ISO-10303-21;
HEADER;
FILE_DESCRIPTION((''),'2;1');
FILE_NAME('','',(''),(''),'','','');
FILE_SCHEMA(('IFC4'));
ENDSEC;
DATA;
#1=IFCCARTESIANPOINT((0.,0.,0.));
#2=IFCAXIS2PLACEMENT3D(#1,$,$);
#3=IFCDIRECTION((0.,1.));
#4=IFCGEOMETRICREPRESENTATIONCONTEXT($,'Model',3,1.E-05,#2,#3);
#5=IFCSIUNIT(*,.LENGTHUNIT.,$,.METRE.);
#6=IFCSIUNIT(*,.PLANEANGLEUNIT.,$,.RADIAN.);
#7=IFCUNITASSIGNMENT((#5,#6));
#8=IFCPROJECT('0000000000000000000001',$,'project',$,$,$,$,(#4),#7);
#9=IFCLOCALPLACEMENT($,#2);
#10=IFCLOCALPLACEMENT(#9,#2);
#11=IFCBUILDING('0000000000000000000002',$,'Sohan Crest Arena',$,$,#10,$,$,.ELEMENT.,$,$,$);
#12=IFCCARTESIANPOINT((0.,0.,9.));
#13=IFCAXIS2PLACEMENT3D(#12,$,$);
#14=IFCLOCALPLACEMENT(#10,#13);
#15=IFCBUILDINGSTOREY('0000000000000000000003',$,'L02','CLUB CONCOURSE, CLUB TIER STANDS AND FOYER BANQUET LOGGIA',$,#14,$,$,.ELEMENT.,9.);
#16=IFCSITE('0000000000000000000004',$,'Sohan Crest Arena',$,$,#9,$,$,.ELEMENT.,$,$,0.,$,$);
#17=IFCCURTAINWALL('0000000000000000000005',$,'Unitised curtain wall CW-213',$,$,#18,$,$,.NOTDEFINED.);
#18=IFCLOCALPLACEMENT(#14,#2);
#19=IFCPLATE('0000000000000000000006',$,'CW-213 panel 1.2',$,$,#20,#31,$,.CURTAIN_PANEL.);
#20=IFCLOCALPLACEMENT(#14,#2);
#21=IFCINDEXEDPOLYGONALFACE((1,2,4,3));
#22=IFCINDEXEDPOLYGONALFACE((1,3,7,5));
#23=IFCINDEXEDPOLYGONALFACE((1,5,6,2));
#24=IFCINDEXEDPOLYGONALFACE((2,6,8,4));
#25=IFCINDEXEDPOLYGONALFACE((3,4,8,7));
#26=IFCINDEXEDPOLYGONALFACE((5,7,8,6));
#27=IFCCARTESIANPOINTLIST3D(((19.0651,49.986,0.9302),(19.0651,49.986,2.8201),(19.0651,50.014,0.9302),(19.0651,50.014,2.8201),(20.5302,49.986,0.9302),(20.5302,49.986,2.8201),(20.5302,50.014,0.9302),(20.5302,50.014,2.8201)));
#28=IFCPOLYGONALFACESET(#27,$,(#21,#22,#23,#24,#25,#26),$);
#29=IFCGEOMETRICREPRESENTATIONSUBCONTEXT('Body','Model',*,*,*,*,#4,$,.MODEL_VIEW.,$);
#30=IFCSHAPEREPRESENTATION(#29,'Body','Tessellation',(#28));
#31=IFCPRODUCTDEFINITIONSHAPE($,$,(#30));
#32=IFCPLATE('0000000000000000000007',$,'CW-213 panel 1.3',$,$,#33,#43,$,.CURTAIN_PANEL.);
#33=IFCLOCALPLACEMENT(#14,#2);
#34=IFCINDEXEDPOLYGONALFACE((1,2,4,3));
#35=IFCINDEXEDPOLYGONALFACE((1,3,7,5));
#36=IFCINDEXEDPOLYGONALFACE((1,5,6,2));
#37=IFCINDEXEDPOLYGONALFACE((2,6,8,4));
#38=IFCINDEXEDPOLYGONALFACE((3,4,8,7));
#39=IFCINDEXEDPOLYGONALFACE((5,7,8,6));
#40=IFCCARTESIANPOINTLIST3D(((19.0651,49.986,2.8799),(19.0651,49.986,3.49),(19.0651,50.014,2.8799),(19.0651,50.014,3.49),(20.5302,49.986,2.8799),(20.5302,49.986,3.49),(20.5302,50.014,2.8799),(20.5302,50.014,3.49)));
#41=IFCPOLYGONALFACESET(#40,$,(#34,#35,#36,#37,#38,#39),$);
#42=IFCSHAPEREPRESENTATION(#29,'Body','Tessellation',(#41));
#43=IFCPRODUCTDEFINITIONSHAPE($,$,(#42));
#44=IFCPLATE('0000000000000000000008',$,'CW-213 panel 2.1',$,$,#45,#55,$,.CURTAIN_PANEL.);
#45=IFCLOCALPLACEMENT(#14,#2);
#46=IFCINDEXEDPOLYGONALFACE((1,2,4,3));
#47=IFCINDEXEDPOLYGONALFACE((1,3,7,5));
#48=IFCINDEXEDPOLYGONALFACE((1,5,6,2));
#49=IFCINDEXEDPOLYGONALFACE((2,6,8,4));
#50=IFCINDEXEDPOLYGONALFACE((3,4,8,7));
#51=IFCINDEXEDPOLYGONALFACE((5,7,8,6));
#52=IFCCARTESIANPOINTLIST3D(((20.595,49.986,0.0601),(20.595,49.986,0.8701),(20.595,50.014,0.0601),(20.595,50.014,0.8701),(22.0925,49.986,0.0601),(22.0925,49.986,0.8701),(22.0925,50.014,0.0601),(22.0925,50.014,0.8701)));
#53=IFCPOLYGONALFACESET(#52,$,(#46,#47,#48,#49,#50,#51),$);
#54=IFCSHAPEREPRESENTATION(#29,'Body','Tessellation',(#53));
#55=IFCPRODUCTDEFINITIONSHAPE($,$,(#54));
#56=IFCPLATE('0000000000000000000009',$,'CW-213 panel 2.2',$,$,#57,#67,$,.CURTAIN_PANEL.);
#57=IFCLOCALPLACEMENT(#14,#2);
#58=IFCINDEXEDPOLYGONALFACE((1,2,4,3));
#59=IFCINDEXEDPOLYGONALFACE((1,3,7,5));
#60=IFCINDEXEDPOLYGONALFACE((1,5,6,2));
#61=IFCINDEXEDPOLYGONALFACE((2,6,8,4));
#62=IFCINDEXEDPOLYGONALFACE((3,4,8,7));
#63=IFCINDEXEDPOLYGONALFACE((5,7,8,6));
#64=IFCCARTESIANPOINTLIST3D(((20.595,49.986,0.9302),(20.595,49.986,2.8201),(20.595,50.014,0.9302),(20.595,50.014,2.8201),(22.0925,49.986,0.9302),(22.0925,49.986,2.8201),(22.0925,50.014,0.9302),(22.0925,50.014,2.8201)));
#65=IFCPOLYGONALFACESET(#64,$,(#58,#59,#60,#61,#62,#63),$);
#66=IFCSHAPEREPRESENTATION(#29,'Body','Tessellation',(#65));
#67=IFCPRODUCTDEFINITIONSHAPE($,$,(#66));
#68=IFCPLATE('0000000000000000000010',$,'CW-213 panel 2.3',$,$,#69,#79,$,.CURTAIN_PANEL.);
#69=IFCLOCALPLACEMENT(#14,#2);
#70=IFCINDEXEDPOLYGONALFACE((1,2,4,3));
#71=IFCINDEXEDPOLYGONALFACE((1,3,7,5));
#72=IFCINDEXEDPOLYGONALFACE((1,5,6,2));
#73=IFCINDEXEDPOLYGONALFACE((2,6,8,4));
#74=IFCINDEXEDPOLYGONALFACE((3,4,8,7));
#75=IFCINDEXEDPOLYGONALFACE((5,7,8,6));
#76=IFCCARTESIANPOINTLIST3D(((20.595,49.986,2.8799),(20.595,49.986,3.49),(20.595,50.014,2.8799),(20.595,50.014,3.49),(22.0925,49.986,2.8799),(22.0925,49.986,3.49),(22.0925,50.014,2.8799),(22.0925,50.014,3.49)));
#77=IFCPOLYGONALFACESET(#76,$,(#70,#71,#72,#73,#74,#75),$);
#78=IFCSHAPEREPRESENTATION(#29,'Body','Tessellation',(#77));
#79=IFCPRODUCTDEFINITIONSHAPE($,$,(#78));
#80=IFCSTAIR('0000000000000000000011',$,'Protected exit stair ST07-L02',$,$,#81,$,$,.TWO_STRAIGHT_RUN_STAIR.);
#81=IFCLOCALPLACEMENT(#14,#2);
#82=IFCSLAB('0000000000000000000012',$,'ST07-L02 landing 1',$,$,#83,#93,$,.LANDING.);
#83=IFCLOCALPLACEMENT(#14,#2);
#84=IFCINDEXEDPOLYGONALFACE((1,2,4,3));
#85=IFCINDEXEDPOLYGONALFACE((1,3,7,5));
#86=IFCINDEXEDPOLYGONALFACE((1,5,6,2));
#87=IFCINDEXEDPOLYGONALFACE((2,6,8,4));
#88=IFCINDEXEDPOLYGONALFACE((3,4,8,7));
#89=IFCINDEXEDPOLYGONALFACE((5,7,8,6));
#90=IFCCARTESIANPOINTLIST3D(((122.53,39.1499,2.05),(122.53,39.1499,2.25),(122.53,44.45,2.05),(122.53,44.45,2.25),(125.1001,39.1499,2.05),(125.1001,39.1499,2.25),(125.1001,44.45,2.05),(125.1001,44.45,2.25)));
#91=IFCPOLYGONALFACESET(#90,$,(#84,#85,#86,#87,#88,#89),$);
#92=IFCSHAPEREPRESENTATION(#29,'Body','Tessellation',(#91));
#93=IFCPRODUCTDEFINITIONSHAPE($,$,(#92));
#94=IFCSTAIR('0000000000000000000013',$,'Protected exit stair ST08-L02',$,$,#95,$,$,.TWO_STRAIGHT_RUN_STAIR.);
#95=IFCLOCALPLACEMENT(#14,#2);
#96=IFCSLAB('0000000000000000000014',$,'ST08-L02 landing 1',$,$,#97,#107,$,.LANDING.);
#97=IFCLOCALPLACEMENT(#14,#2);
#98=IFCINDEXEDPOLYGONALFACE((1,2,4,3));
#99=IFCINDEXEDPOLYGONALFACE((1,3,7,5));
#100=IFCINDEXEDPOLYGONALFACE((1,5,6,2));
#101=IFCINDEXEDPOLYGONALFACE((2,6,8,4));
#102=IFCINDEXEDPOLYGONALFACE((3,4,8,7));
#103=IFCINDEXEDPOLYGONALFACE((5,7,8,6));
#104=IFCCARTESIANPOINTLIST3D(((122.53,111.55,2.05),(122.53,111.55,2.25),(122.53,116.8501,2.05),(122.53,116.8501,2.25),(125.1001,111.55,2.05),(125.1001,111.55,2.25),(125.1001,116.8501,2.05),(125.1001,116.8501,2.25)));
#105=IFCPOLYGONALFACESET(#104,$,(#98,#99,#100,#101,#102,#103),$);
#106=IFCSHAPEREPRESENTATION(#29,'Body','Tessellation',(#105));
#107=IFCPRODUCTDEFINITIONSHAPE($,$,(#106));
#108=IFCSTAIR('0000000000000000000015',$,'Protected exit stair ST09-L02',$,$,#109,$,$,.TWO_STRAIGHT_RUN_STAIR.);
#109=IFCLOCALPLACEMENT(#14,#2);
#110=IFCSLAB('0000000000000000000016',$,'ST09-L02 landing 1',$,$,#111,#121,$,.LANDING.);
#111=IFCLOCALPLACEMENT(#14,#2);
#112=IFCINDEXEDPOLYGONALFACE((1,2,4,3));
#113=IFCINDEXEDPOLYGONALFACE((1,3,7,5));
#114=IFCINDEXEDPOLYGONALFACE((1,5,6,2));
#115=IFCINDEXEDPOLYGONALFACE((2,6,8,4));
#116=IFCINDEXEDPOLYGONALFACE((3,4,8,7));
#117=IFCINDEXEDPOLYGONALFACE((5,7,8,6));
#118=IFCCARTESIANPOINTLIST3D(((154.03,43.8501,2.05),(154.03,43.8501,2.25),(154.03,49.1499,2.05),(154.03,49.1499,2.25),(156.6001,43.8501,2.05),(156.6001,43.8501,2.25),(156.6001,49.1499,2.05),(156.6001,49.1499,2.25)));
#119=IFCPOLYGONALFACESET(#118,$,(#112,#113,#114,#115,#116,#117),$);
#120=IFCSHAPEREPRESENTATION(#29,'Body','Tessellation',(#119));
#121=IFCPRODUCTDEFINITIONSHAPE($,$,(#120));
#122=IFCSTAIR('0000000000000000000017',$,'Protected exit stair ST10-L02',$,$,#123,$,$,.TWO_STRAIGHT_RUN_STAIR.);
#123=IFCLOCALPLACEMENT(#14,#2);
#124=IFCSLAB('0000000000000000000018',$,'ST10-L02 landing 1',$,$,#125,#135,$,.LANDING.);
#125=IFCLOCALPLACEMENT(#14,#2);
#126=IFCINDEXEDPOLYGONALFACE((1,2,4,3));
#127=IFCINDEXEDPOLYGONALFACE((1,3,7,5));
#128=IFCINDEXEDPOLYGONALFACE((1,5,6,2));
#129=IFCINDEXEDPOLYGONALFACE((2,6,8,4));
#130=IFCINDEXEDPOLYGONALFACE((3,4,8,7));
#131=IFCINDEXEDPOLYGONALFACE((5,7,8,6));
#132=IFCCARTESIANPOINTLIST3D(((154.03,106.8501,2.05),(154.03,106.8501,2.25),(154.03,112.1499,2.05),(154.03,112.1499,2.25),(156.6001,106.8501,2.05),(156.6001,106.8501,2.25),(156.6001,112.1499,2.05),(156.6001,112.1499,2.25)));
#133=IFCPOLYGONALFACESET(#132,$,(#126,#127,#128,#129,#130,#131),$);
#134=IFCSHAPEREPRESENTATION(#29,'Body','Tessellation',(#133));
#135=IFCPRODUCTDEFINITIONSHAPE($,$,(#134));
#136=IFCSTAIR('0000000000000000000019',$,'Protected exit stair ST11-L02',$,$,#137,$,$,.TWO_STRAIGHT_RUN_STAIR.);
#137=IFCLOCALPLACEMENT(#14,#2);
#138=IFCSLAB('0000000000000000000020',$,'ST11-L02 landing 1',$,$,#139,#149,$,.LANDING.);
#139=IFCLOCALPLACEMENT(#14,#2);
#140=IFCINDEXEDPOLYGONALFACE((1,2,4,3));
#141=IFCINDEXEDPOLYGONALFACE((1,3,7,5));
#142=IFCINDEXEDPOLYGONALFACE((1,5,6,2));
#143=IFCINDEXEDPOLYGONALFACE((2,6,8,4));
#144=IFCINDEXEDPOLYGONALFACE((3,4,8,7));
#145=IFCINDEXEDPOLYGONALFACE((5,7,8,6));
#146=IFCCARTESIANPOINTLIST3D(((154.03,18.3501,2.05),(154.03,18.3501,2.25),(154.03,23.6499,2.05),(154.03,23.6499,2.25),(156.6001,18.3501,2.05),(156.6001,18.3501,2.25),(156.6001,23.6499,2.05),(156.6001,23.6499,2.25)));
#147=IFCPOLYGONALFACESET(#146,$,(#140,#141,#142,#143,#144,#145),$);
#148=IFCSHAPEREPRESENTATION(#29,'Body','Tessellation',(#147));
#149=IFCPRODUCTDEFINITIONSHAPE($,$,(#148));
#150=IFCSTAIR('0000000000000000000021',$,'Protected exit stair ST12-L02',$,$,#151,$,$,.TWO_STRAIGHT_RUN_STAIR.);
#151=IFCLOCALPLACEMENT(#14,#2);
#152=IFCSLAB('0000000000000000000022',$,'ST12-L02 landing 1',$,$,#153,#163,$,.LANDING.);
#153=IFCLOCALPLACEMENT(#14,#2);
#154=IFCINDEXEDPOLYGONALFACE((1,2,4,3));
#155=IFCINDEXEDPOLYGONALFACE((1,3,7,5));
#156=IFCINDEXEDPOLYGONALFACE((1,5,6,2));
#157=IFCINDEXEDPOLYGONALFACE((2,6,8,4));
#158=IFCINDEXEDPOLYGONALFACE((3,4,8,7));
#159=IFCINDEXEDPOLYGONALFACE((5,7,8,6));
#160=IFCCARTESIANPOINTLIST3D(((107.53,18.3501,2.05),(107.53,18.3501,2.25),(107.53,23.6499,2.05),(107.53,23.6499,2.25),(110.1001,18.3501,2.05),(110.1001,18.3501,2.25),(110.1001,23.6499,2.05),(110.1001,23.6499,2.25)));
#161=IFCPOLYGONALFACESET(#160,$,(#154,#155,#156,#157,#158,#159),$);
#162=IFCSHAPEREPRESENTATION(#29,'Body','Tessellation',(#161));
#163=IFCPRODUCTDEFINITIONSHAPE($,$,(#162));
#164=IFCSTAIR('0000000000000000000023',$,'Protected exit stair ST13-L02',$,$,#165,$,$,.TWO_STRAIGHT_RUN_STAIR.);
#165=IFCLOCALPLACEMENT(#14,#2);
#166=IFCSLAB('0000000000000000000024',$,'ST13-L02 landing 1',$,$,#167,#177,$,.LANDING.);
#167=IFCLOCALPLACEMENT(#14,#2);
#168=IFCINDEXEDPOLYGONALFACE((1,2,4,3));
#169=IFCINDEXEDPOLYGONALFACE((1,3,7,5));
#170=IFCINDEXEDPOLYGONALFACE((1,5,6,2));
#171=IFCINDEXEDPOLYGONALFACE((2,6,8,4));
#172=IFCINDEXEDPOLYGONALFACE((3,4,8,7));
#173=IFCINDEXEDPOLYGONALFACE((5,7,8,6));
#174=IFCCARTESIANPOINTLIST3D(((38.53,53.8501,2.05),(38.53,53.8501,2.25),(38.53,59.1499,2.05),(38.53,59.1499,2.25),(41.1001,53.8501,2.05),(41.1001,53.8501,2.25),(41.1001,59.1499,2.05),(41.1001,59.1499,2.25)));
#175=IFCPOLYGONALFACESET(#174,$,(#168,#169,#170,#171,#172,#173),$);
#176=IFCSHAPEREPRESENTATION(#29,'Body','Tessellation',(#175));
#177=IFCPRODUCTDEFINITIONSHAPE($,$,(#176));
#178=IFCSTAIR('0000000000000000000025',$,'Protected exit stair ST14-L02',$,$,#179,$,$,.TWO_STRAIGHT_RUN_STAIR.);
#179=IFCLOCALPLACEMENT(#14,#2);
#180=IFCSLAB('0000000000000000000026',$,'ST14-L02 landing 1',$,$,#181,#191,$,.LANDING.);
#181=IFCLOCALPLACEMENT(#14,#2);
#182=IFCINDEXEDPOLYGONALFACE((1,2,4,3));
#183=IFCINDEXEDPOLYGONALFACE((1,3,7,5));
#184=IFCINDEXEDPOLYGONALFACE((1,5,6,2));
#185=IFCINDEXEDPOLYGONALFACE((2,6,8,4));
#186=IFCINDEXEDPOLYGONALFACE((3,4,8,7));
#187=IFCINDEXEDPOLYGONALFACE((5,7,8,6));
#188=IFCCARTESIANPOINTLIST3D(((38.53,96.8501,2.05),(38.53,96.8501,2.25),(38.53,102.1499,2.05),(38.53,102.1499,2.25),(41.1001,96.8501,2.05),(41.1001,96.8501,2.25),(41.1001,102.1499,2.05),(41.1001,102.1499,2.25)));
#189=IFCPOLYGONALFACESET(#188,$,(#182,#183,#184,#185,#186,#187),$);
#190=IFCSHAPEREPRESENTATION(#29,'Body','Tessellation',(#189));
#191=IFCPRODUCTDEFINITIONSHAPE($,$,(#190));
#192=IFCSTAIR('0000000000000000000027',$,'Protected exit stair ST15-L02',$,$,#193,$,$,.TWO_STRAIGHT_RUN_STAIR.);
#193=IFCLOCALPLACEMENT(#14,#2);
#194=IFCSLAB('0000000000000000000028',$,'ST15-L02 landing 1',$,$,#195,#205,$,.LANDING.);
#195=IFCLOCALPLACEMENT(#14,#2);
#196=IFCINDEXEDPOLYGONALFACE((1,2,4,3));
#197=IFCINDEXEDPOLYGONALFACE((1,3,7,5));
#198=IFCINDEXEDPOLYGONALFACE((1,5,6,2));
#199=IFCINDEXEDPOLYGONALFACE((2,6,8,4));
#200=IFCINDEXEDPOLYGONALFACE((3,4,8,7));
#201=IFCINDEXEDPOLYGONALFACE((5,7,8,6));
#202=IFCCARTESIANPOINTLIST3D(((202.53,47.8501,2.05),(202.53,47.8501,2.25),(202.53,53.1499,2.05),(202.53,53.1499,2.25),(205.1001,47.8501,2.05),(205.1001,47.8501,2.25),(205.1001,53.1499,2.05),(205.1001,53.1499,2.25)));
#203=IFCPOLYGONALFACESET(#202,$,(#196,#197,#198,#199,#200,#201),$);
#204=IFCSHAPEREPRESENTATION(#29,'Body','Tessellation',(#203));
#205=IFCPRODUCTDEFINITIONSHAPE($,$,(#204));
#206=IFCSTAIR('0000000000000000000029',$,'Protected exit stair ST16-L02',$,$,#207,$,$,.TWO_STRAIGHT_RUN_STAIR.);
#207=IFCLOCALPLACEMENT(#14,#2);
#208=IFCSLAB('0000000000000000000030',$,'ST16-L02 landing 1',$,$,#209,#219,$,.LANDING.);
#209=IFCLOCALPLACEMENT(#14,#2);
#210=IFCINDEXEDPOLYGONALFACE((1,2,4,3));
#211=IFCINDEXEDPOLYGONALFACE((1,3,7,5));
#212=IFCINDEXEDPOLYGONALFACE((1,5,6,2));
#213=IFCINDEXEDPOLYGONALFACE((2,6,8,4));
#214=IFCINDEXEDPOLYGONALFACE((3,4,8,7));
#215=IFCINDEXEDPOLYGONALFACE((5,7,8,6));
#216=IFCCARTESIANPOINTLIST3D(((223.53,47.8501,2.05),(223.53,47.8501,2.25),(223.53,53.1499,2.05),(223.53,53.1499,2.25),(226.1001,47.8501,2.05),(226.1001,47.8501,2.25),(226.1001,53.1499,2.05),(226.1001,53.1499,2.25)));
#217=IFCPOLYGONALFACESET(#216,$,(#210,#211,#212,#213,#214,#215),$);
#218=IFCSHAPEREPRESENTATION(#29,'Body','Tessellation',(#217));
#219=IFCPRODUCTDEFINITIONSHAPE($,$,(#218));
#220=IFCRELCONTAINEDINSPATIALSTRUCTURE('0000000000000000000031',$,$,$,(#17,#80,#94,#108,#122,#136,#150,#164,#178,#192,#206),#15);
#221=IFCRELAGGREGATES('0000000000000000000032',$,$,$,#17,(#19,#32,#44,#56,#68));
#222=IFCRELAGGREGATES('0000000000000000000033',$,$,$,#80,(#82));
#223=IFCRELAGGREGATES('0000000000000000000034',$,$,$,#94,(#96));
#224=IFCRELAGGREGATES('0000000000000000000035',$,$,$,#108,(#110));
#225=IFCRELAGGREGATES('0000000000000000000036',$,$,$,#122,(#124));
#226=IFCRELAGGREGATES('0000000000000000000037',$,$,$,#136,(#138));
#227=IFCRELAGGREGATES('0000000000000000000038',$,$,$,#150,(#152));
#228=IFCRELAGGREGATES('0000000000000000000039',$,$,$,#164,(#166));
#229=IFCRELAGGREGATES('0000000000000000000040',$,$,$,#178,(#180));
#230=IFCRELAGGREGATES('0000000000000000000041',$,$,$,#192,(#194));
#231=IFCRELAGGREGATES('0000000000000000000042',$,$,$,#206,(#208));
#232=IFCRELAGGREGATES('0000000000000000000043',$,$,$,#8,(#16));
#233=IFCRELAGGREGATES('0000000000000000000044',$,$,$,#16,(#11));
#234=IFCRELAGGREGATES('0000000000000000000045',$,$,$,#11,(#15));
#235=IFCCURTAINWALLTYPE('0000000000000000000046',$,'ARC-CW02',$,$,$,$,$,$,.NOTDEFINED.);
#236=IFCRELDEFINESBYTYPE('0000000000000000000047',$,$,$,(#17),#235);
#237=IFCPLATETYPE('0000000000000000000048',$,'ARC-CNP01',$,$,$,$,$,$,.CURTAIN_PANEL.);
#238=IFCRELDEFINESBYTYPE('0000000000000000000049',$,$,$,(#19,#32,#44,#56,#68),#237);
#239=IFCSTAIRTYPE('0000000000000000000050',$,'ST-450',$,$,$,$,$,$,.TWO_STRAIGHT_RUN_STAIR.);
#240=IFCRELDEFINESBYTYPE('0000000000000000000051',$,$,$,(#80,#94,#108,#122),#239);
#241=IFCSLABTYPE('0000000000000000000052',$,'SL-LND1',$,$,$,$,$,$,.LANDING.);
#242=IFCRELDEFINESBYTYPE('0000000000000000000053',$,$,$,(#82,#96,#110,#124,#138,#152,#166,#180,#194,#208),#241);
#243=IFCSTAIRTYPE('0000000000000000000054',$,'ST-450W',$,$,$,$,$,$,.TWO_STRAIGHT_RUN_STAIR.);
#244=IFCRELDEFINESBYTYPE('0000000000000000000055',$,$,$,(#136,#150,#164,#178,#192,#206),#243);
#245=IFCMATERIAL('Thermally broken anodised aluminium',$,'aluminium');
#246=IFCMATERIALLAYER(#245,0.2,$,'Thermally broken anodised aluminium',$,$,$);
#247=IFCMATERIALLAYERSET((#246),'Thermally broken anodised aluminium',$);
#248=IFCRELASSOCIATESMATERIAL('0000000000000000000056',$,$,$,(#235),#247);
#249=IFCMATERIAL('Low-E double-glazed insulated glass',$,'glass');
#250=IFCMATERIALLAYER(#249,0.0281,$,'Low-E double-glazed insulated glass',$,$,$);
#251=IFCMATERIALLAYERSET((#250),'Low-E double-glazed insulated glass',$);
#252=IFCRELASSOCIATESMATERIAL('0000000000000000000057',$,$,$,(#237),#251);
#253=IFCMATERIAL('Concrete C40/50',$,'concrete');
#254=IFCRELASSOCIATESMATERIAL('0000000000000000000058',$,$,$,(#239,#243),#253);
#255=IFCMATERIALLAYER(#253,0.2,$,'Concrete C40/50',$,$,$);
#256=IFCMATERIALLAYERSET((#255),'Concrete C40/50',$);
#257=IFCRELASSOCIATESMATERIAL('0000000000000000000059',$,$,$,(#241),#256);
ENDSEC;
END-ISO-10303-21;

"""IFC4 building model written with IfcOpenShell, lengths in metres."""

from ifc_helpers import new_model, si_unit, direction, frame, origin, origin_2d, place, context, subcontext, project, spatial, polyline, rectangle, outline, extrude, material, layer, layer_set, type_object, element, aggregate, save


model = new_model("IFC4")

# Units and contexts
model_context = context("Model", 3, precision=1e-05, world=origin(), true_north=direction((0.0, 1.0)))
body_context = subcontext(model_context, "Body", "Model", "MODEL_VIEW")
ifc_project = project(units=[si_unit("LENGTHUNIT", "METRE"), si_unit("PLANEANGLEUNIT", "RADIAN")], contexts=[model_context])

# Site, building, storey
site_placement = place(None, origin())
site = spatial("IfcSite", under=ifc_project, at=site_placement, Name="Sohan Crest Arena", CompositionType="ELEMENT", RefElevation=0.0)
building_placement = place(site_placement, origin())
building = spatial("IfcBuilding", under=site, at=building_placement, Name="Sohan Crest Arena", CompositionType="ELEMENT")
storey_placement = place(building_placement, frame((0.0, 0.0, 9.0)))
storey = spatial("IfcBuildingStorey", under=building, at=storey_placement, Name="L02", Description="CLUB CONCOURSE, CLUB TIER STANDS AND FOYER BANQUET LOGGIA", CompositionType="ELEMENT", Elevation=9.0)

# Curtain wall, plates
ifc_material_1 = material(Name="Thermally broken anodised aluminium", Category="aluminium")
ifc_layer_1 = layer(ifc_material_1, 0.2, Name="Thermally broken anodised aluminium")
ifc_layer_set_1 = layer_set([ifc_layer_1], Name="Thermally broken anodised aluminium")
curtain_wall_type = type_object("IfcCurtainWallType", Name="ARC-CW02", PredefinedType="NOTDEFINED", material=ifc_layer_set_1)
curtain_wall_placement = place(storey_placement, origin())
curtain_wall = element("IfcCurtainWall", 1, at=curtain_wall_placement, inside=storey, type_object=curtain_wall_type, Name="Unitised curtain wall CW-213", PredefinedType="NOTDEFINED")
ifc_material_2 = material(Name="Low-E double-glazed insulated glass", Category="glass")
ifc_layer_2 = layer(ifc_material_2, 0.0281, Name="Low-E double-glazed insulated glass")
ifc_layer_set_2 = layer_set([ifc_layer_2], Name="Low-E double-glazed insulated glass")
plate_type = type_object("IfcPlateType", Name="ARC-CNP01", PredefinedType="CURTAIN_PANEL", material=ifc_layer_set_2)
plate_1_placement = place(storey_placement, frame((19.7976, 50.0, 0.9302), z_axis=(0.0, 0.0, 1.0), x_axis=(1.0, 0.0, 0.0)))
plate_1 = element("IfcPlate", 2, at=plate_1_placement, type_object=plate_type, Name="CW-213 panel 1.2", PredefinedType="CURTAIN_PANEL", context=body_context, shape_type="SweptSolid", body=[
    extrude(rectangle(XDim=1.4651, YDim=0.0281, at=origin_2d()), origin(), (0.0, 0.0, 1.0), 1.8899),
])
plate_2_placement = place(storey_placement, frame((19.7976, 50.0, 2.8799), z_axis=(0.0, 0.0, 1.0), x_axis=(1.0, 0.0, 0.0)))
plate_2 = element("IfcPlate", 3, at=plate_2_placement, type_object=plate_type, Name="CW-213 panel 1.3", PredefinedType="CURTAIN_PANEL", context=body_context, shape_type="SweptSolid", body=[
    extrude(rectangle(XDim=1.4651, YDim=0.0281, at=origin_2d()), origin(), (0.0, 0.0, 1.0), 0.6101),
])
plate_3_placement = place(storey_placement, frame((21.3438, 50.0, 0.0601), z_axis=(0.0, 0.0, 1.0), x_axis=(1.0, 0.0, 0.0)))
plate_3 = element("IfcPlate", 4, at=plate_3_placement, type_object=plate_type, Name="CW-213 panel 2.1", PredefinedType="CURTAIN_PANEL", context=body_context, shape_type="SweptSolid", body=[
    extrude(rectangle(XDim=1.4976, YDim=0.0281, at=origin_2d()), origin(), (0.0, 0.0, 1.0), 0.8101),
])
plate_4_placement = place(storey_placement, frame((21.3438, 50.0, 0.9302), z_axis=(0.0, 0.0, 1.0), x_axis=(1.0, 0.0, 0.0)))
plate_4 = element("IfcPlate", 5, at=plate_4_placement, type_object=plate_type, Name="CW-213 panel 2.2", PredefinedType="CURTAIN_PANEL", context=body_context, shape_type="SweptSolid", body=[
    extrude(rectangle(XDim=1.4976, YDim=0.0281, at=origin_2d()), origin(), (0.0, 0.0, 1.0), 1.8899),
])
plate_5_placement = place(storey_placement, frame((21.3438, 50.0, 2.8799), z_axis=(0.0, 0.0, 1.0), x_axis=(1.0, 0.0, 0.0)))
plate_5 = element("IfcPlate", 6, at=plate_5_placement, type_object=plate_type, Name="CW-213 panel 2.3", PredefinedType="CURTAIN_PANEL", context=body_context, shape_type="SweptSolid", body=[
    extrude(rectangle(XDim=1.4976, YDim=0.0281, at=origin_2d()), origin(), (0.0, 0.0, 1.0), 0.6101),
])
aggregate(curtain_wall, [plate_1, plate_2, plate_3, plate_4, plate_5])

# Stairs, slabs
ifc_material_3 = material(Name="Concrete C40/50", Category="concrete")
stair_type_1 = type_object("IfcStairType", Name="ST-450", PredefinedType="TWO_STRAIGHT_RUN_STAIR", material=ifc_material_3)
stair_1_placement = place(storey_placement, origin())
stair_1 = element("IfcStair", 7, at=stair_1_placement, inside=storey, type_object=stair_type_1, Name="Protected exit stair ST07-L02", PredefinedType="TWO_STRAIGHT_RUN_STAIR")
ifc_layer_3 = layer(ifc_material_3, 0.2, Name="Concrete C40/50")
ifc_layer_set_3 = layer_set([ifc_layer_3], Name="Concrete C40/50")
slab_type = type_object("IfcSlabType", Name="SL-LND1", PredefinedType="LANDING", material=ifc_layer_set_3)
slab_1_placement = place(storey_placement, frame((0.0, 0.0, 2.05)))
slab_1 = element("IfcSlab", 8, at=slab_1_placement, type_object=slab_type, Name="ST07-L02 landing 1", PredefinedType="LANDING", context=body_context, shape_type="SweptSolid", body=[
    extrude(outline(polyline([(122.53, 39.1499), (125.1001, 39.1499), (125.1001, 44.45), (122.53, 44.45), (122.53, 39.1499)])), origin(), (0.0, 0.0, 1.0), 0.2),
])
aggregate(stair_1, [slab_1])
stair_2_placement = place(storey_placement, origin())
stair_2 = element("IfcStair", 9, at=stair_2_placement, inside=storey, type_object=stair_type_1, Name="Protected exit stair ST08-L02", PredefinedType="TWO_STRAIGHT_RUN_STAIR")
slab_2_placement = place(storey_placement, frame((0.0, 0.0, 2.05)))
slab_2 = element("IfcSlab", 10, at=slab_2_placement, type_object=slab_type, Name="ST08-L02 landing 1", PredefinedType="LANDING", context=body_context, shape_type="SweptSolid", body=[
    extrude(outline(polyline([(122.53, 111.55), (125.1001, 111.55), (125.1001, 116.8501), (122.53, 116.8501), (122.53, 111.55)])), origin(), (0.0, 0.0, 1.0), 0.2),
])
aggregate(stair_2, [slab_2])
stair_3_placement = place(storey_placement, origin())
stair_3 = element("IfcStair", 11, at=stair_3_placement, inside=storey, type_object=stair_type_1, Name="Protected exit stair ST09-L02", PredefinedType="TWO_STRAIGHT_RUN_STAIR")
slab_3_placement = place(storey_placement, frame((0.0, 0.0, 2.05)))
slab_3 = element("IfcSlab", 12, at=slab_3_placement, type_object=slab_type, Name="ST09-L02 landing 1", PredefinedType="LANDING", context=body_context, shape_type="SweptSolid", body=[
    extrude(outline(polyline([(154.03, 43.8501), (156.6001, 43.8501), (156.6001, 49.1499), (154.03, 49.1499), (154.03, 43.8501)])), origin(), (0.0, 0.0, 1.0), 0.2),
])
aggregate(stair_3, [slab_3])
stair_4_placement = place(storey_placement, origin())
stair_4 = element("IfcStair", 13, at=stair_4_placement, inside=storey, type_object=stair_type_1, Name="Protected exit stair ST10-L02", PredefinedType="TWO_STRAIGHT_RUN_STAIR")
slab_4_placement = place(storey_placement, frame((0.0, 0.0, 2.05)))
slab_4 = element("IfcSlab", 14, at=slab_4_placement, type_object=slab_type, Name="ST10-L02 landing 1", PredefinedType="LANDING", context=body_context, shape_type="SweptSolid", body=[
    extrude(outline(polyline([(154.03, 106.8501), (156.6001, 106.8501), (156.6001, 112.1499), (154.03, 112.1499), (154.03, 106.8501)])), origin(), (0.0, 0.0, 1.0), 0.2),
])
aggregate(stair_4, [slab_4])
stair_type_2 = type_object("IfcStairType", Name="ST-450W", PredefinedType="TWO_STRAIGHT_RUN_STAIR", material=ifc_material_3)
stair_5_placement = place(storey_placement, origin())
stair_5 = element("IfcStair", 15, at=stair_5_placement, inside=storey, type_object=stair_type_2, Name="Protected exit stair ST11-L02", PredefinedType="TWO_STRAIGHT_RUN_STAIR")
slab_5_placement = place(storey_placement, frame((0.0, 0.0, 2.05)))
slab_5 = element("IfcSlab", 16, at=slab_5_placement, type_object=slab_type, Name="ST11-L02 landing 1", PredefinedType="LANDING", context=body_context, shape_type="SweptSolid", body=[
    extrude(outline(polyline([(154.03, 18.3501), (156.6001, 18.3501), (156.6001, 23.6499), (154.03, 23.6499), (154.03, 18.3501)])), origin(), (0.0, 0.0, 1.0), 0.2),
])
aggregate(stair_5, [slab_5])
stair_6_placement = place(storey_placement, origin())
stair_6 = element("IfcStair", 17, at=stair_6_placement, inside=storey, type_object=stair_type_2, Name="Protected exit stair ST12-L02", PredefinedType="TWO_STRAIGHT_RUN_STAIR")
slab_6_placement = place(storey_placement, frame((0.0, 0.0, 2.05)))
slab_6 = element("IfcSlab", 18, at=slab_6_placement, type_object=slab_type, Name="ST12-L02 landing 1", PredefinedType="LANDING", context=body_context, shape_type="SweptSolid", body=[
    extrude(outline(polyline([(107.53, 18.3501), (110.1001, 18.3501), (110.1001, 23.6499), (107.53, 23.6499), (107.53, 18.3501)])), origin(), (0.0, 0.0, 1.0), 0.2),
])
aggregate(stair_6, [slab_6])
stair_7_placement = place(storey_placement, origin())
stair_7 = element("IfcStair", 19, at=stair_7_placement, inside=storey, type_object=stair_type_2, Name="Protected exit stair ST13-L02", PredefinedType="TWO_STRAIGHT_RUN_STAIR")
slab_7_placement = place(storey_placement, frame((0.0, 0.0, 2.05)))
slab_7 = element("IfcSlab", 20, at=slab_7_placement, type_object=slab_type, Name="ST13-L02 landing 1", PredefinedType="LANDING", context=body_context, shape_type="SweptSolid", body=[
    extrude(outline(polyline([(38.53, 53.8501), (41.1001, 53.8501), (41.1001, 59.1499), (38.53, 59.1499), (38.53, 53.8501)])), origin(), (0.0, 0.0, 1.0), 0.2),
])
aggregate(stair_7, [slab_7])
stair_8_placement = place(storey_placement, origin())
stair_8 = element("IfcStair", 21, at=stair_8_placement, inside=storey, type_object=stair_type_2, Name="Protected exit stair ST14-L02", PredefinedType="TWO_STRAIGHT_RUN_STAIR")
slab_8_placement = place(storey_placement, frame((0.0, 0.0, 2.05)))
slab_8 = element("IfcSlab", 22, at=slab_8_placement, type_object=slab_type, Name="ST14-L02 landing 1", PredefinedType="LANDING", context=body_context, shape_type="SweptSolid", body=[
    extrude(outline(polyline([(38.53, 96.8501), (41.1001, 96.8501), (41.1001, 102.1499), (38.53, 102.1499), (38.53, 96.8501)])), origin(), (0.0, 0.0, 1.0), 0.2),
])
aggregate(stair_8, [slab_8])
stair_9_placement = place(storey_placement, origin())
stair_9 = element("IfcStair", 23, at=stair_9_placement, inside=storey, type_object=stair_type_2, Name="Protected exit stair ST15-L02", PredefinedType="TWO_STRAIGHT_RUN_STAIR")
slab_9_placement = place(storey_placement, frame((0.0, 0.0, 2.05)))
slab_9 = element("IfcSlab", 24, at=slab_9_placement, type_object=slab_type, Name="ST15-L02 landing 1", PredefinedType="LANDING", context=body_context, shape_type="SweptSolid", body=[
    extrude(outline(polyline([(202.53, 47.8501), (205.1001, 47.8501), (205.1001, 53.1499), (202.53, 53.1499), (202.53, 47.8501)])), origin(), (0.0, 0.0, 1.0), 0.2),
])
aggregate(stair_9, [slab_9])
stair_10_placement = place(storey_placement, origin())
stair_10 = element("IfcStair", 25, at=stair_10_placement, inside=storey, type_object=stair_type_2, Name="Protected exit stair ST16-L02", PredefinedType="TWO_STRAIGHT_RUN_STAIR")
slab_10_placement = place(storey_placement, frame((0.0, 0.0, 2.05)))
slab_10 = element("IfcSlab", 26, at=slab_10_placement, type_object=slab_type, Name="ST16-L02 landing 1", PredefinedType="LANDING", context=body_context, shape_type="SweptSolid", body=[
    extrude(outline(polyline([(223.53, 47.8501), (226.1001, 47.8501), (226.1001, 53.1499), (223.53, 53.1499), (223.53, 47.8501)])), origin(), (0.0, 0.0, 1.0), 0.2),
])
aggregate(stair_10, [slab_10])

save(model, "model.ifc")
